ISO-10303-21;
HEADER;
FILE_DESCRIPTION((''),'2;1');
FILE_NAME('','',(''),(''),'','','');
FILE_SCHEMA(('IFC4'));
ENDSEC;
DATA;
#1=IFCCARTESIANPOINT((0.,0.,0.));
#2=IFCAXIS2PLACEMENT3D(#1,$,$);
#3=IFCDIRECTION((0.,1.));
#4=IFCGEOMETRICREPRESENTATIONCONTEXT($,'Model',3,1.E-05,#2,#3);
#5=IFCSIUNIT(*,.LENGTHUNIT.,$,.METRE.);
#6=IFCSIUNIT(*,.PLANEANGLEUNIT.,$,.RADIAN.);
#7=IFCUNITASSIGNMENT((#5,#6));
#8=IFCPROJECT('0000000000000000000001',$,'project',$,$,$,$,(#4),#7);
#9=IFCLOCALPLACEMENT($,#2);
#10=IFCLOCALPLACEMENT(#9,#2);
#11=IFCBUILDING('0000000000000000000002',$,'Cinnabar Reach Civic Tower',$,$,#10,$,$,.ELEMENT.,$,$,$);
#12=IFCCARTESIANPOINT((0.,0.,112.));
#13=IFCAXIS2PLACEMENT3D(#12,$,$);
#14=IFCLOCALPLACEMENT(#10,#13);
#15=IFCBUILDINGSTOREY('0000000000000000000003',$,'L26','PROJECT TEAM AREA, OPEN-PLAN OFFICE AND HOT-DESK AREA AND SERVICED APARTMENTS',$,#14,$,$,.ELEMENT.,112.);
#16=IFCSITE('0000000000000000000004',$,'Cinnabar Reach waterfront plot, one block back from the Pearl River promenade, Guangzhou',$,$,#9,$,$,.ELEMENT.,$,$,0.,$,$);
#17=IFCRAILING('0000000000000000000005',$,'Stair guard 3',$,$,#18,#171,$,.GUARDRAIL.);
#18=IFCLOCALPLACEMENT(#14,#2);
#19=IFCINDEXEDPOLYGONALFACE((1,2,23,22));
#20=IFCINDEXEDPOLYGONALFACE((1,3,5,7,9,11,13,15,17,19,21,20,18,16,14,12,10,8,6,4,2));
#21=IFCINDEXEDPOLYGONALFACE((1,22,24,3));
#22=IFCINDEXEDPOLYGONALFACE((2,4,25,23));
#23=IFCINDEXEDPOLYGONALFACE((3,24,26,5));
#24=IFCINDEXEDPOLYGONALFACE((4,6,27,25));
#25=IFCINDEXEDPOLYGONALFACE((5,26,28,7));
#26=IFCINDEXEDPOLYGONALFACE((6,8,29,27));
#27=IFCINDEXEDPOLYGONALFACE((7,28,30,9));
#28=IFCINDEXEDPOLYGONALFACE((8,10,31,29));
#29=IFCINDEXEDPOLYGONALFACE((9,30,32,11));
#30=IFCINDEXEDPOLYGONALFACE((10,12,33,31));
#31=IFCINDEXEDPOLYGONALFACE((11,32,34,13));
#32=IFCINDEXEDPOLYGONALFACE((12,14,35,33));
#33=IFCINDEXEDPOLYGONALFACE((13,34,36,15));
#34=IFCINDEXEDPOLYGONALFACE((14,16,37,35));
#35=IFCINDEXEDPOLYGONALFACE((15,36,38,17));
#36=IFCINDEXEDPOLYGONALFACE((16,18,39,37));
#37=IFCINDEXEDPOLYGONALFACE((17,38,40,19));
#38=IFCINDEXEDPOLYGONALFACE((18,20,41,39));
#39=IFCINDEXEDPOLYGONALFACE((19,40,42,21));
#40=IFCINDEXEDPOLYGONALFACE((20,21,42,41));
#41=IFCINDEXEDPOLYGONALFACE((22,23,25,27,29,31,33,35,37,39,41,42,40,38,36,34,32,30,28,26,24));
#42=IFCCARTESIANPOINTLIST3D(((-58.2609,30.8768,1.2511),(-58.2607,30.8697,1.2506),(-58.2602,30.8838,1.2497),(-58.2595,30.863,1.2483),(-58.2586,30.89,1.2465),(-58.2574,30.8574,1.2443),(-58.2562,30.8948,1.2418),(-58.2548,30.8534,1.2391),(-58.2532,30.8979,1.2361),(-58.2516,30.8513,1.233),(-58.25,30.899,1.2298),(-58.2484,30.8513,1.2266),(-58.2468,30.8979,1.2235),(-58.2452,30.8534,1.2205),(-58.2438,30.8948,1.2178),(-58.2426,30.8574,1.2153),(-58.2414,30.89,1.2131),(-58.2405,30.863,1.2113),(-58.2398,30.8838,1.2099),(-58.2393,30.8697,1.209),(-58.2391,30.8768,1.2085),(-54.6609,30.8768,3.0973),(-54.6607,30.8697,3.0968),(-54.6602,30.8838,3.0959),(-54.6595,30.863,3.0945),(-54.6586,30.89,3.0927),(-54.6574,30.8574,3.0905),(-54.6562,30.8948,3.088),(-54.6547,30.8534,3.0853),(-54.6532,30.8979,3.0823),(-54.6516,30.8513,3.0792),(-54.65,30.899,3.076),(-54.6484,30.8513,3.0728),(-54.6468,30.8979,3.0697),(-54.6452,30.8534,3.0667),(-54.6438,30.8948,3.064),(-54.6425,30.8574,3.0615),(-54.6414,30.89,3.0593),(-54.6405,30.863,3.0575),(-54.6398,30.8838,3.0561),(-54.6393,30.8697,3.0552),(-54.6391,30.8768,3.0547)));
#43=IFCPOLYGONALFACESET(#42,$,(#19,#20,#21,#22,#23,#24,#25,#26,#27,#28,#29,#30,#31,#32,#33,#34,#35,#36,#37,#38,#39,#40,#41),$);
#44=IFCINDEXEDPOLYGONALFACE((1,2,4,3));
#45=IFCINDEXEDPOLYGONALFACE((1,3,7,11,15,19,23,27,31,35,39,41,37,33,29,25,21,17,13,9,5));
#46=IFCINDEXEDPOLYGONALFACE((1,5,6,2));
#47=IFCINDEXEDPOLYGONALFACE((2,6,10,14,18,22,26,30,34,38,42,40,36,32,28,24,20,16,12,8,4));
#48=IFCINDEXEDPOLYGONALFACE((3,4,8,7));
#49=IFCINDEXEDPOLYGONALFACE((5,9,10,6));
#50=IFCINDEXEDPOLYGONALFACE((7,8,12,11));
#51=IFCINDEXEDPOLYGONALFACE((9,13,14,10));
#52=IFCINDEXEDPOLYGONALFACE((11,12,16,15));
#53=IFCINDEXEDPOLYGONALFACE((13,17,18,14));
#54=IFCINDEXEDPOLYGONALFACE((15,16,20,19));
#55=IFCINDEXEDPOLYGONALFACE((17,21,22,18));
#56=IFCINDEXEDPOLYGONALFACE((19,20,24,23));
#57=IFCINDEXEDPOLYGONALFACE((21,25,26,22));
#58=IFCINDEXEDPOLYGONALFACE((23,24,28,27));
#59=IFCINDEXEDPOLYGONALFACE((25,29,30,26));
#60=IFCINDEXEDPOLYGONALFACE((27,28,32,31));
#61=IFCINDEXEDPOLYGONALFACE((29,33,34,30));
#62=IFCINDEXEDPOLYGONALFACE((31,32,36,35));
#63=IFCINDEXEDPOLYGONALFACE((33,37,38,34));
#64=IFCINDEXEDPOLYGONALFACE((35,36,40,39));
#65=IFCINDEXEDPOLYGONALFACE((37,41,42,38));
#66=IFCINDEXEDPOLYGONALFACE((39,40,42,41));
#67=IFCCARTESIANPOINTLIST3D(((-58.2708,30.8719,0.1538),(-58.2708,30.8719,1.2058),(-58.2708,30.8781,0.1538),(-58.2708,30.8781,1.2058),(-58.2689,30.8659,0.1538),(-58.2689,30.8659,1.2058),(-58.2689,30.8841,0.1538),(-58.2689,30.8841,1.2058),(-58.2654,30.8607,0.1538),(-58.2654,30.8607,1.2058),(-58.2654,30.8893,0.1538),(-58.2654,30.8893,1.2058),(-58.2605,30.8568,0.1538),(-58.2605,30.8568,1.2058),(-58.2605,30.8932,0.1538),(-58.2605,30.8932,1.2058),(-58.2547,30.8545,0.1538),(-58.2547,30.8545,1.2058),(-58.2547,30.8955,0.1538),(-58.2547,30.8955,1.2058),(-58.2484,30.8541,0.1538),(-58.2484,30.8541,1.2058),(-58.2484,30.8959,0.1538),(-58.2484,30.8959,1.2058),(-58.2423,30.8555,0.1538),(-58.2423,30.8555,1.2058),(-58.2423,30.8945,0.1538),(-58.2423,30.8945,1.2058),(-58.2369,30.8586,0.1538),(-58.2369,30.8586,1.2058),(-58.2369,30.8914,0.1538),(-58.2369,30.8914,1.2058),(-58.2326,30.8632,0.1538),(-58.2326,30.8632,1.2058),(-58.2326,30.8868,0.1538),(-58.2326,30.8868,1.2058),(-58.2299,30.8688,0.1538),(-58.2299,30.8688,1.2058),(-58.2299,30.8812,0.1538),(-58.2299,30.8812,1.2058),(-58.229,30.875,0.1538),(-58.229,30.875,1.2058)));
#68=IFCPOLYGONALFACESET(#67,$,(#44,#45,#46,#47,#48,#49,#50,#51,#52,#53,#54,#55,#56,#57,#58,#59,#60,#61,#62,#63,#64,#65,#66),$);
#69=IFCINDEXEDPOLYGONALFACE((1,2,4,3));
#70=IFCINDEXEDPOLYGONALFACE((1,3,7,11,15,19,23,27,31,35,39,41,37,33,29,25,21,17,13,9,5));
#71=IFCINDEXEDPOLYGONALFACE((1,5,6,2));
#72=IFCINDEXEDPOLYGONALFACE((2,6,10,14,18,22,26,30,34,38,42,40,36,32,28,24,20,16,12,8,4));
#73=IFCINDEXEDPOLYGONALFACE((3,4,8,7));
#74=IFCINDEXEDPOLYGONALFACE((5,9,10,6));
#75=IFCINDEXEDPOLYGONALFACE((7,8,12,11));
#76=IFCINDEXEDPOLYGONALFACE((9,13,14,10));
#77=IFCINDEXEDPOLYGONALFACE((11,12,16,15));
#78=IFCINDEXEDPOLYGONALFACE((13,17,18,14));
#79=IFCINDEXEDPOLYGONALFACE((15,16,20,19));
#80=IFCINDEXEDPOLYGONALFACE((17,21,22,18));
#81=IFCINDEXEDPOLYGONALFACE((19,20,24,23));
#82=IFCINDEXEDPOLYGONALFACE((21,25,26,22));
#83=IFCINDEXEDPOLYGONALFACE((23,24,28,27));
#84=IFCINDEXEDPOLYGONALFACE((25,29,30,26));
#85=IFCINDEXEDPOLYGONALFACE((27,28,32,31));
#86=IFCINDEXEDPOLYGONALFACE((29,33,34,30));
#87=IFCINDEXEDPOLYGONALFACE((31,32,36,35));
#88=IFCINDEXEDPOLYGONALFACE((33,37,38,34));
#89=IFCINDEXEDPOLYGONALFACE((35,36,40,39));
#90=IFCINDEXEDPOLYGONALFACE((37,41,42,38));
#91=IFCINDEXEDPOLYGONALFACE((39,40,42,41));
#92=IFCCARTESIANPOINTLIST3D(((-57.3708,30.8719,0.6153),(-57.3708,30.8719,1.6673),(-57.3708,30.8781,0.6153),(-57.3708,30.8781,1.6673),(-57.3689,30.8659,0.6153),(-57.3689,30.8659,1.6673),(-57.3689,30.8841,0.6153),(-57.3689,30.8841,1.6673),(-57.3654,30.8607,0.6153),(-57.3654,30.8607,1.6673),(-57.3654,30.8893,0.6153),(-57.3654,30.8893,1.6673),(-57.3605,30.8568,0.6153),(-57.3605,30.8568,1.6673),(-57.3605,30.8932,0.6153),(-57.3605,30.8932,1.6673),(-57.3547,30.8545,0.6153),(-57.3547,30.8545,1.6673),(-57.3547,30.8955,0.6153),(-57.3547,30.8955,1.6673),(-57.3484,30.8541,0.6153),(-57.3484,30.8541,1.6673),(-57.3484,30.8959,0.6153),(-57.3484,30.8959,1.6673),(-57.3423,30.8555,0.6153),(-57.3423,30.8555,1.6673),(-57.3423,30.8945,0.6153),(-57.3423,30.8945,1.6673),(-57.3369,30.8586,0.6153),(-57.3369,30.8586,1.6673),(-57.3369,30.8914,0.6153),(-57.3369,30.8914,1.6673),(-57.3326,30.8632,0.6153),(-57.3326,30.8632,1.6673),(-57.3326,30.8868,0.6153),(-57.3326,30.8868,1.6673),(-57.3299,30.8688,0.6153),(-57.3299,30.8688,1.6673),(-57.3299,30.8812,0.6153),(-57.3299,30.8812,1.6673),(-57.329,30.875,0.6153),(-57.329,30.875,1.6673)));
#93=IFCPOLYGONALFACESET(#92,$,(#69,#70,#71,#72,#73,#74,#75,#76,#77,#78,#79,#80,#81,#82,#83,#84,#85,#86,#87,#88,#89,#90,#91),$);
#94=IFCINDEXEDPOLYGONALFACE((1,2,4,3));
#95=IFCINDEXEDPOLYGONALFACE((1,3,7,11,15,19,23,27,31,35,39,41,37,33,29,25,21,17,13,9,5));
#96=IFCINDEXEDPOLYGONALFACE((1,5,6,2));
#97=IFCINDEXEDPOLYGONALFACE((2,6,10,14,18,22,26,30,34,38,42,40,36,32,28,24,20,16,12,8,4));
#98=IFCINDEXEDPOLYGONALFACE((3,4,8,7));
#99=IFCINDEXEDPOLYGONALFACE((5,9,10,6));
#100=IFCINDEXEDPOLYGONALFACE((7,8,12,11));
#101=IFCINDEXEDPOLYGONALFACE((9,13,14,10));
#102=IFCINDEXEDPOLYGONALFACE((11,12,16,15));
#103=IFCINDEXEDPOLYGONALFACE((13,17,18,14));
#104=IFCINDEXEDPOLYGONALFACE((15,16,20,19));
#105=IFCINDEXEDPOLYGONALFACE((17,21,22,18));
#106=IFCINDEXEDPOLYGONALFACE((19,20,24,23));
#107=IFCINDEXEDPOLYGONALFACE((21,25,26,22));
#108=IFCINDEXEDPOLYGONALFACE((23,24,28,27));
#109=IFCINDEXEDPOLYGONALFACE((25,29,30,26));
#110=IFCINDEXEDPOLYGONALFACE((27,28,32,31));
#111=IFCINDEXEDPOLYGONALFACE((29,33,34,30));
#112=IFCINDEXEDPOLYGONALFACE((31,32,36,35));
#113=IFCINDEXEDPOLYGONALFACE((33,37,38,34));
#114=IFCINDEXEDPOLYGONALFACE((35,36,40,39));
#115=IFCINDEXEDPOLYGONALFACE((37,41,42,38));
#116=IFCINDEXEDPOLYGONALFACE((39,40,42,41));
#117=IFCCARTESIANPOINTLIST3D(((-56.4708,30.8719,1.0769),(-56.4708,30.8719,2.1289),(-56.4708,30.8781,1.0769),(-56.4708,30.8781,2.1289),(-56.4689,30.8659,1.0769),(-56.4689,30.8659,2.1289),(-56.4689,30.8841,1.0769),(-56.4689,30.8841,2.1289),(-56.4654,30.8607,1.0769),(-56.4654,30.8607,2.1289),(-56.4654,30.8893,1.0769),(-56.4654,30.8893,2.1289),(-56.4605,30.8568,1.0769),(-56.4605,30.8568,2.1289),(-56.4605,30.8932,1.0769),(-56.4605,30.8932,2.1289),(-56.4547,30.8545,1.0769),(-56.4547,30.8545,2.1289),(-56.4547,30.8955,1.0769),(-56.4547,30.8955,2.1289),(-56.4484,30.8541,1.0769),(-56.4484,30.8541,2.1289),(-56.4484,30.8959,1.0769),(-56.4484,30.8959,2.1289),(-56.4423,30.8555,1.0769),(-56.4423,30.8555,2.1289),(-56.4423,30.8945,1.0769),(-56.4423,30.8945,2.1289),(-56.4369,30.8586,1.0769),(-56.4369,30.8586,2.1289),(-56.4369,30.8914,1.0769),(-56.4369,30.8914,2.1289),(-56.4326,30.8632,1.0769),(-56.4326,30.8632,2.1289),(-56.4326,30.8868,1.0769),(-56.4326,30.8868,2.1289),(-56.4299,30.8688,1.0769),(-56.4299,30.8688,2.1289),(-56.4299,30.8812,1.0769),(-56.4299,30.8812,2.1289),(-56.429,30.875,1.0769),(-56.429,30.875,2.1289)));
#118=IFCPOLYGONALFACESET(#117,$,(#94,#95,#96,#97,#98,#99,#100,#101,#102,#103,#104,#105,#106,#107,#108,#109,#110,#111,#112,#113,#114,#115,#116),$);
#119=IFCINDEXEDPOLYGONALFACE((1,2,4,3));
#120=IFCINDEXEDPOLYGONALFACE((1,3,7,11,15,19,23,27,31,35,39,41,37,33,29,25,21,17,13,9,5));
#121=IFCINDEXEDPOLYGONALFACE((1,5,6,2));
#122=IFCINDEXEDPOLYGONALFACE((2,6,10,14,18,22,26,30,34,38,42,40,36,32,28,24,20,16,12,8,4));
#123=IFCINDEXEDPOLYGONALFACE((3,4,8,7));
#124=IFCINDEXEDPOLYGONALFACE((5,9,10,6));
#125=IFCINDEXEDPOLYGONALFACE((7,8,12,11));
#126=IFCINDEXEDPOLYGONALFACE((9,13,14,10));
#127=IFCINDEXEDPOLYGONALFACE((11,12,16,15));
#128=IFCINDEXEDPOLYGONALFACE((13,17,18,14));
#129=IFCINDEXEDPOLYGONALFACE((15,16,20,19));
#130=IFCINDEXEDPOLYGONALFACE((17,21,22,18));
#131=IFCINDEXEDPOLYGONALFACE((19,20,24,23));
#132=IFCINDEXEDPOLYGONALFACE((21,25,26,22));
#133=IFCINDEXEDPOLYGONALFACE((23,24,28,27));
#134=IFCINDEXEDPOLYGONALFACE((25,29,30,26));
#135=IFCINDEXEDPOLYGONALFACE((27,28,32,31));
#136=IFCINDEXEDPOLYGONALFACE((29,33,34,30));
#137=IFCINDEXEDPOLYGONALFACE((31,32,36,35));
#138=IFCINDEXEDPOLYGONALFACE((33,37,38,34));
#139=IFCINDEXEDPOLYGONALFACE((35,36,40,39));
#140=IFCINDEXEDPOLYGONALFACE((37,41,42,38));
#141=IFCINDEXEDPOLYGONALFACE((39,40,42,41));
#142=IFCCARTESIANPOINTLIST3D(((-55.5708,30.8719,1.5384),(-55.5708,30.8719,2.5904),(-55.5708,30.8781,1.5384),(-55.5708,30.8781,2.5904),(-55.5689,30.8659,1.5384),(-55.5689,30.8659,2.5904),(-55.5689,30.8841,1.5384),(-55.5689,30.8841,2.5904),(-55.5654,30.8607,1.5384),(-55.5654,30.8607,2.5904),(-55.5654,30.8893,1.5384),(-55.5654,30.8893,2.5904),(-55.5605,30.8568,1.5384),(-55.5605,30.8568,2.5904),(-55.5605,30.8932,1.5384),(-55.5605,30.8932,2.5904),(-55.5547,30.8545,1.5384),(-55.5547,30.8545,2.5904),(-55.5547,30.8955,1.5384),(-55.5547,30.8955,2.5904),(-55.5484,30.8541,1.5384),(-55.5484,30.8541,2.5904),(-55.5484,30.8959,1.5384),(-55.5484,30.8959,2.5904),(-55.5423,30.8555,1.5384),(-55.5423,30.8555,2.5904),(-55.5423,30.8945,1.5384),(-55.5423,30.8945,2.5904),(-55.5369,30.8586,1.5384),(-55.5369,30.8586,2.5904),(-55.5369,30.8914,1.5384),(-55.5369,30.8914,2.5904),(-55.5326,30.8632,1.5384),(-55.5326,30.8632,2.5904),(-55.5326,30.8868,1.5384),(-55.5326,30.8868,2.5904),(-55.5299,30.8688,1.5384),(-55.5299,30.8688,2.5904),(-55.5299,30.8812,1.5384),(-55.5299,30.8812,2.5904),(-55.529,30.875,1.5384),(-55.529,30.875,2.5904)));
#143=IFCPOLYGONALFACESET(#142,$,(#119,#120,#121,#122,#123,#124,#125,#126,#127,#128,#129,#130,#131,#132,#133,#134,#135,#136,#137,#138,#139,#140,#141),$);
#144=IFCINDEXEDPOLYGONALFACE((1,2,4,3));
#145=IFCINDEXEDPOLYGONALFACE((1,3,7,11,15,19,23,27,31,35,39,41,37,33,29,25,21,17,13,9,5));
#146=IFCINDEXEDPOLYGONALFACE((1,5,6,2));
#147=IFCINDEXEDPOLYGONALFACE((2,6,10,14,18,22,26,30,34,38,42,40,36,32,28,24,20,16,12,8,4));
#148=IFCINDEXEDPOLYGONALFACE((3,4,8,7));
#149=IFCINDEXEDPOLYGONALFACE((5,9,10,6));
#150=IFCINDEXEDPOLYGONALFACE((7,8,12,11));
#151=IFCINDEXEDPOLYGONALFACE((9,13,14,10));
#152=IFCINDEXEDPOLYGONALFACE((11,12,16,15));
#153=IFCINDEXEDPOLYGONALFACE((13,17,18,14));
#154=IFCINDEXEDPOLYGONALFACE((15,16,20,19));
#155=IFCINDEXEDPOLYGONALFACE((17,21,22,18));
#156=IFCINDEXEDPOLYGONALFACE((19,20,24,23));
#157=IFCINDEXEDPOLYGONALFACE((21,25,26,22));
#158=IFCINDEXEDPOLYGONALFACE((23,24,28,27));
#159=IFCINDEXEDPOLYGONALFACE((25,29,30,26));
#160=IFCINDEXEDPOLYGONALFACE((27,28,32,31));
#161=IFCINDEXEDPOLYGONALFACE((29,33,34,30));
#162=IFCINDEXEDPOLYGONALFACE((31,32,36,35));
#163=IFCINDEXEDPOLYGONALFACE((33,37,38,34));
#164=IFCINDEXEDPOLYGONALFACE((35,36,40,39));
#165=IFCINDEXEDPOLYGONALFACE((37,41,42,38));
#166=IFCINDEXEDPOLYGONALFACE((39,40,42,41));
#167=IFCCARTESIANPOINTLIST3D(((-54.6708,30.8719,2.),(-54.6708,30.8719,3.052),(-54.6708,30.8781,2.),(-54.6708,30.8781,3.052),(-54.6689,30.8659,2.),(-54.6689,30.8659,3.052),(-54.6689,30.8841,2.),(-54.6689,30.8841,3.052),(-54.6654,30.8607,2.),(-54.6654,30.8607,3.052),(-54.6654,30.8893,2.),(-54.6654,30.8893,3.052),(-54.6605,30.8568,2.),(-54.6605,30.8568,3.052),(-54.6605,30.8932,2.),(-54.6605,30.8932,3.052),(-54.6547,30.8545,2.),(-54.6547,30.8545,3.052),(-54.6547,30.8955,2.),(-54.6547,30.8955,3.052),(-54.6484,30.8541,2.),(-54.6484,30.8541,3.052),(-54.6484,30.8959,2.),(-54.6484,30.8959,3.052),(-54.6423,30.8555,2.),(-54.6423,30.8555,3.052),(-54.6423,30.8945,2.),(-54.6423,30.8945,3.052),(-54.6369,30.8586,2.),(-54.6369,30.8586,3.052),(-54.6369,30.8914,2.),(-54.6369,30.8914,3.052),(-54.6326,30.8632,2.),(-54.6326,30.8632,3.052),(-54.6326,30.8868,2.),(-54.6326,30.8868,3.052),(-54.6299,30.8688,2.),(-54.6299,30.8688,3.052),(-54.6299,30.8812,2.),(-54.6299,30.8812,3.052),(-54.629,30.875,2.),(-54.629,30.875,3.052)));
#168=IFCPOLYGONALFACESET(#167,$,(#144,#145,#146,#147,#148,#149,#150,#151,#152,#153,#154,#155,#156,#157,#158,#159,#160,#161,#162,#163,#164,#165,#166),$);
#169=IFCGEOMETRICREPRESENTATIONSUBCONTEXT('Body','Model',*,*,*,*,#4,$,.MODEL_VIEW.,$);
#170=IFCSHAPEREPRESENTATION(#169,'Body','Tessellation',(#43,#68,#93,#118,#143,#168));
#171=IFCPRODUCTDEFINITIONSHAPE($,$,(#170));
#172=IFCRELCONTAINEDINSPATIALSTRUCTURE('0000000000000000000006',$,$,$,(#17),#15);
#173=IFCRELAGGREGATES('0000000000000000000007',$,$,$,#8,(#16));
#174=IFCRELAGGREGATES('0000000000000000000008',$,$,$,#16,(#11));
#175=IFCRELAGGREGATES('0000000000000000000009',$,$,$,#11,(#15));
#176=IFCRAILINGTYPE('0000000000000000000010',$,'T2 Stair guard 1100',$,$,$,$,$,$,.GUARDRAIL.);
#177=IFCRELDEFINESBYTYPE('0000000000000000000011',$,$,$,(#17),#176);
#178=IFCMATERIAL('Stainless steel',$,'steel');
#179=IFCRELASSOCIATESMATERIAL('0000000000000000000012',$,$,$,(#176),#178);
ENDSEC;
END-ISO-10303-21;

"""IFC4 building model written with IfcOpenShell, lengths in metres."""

from ifc_helpers import new_model, si_unit, direction, frame, origin, origin_2d, place, context, subcontext, project, spatial, circle, extrude, material, type_object, element, save


model = new_model("IFC4")

# Units and contexts
model_context = context("Model", 3, precision=1e-05, world=origin(), true_north=direction((0.0, 1.0)))
body_context = subcontext(model_context, "Body", "Model", "MODEL_VIEW")
ifc_project = project(units=[si_unit("LENGTHUNIT", "METRE"), si_unit("PLANEANGLEUNIT", "RADIAN")], contexts=[model_context])

# Site, building, storey
site_placement = place(None, origin())
site = spatial("IfcSite", under=ifc_project, at=site_placement, Name="Cinnabar Reach waterfront plot, one block back from the Pearl River promenade, Guangzhou", CompositionType="ELEMENT", RefElevation=0.0)
building_placement = place(site_placement, origin())
building = spatial("IfcBuilding", under=site, at=building_placement, Name="Cinnabar Reach Civic Tower", CompositionType="ELEMENT")
storey_placement = place(building_placement, frame((0.0, 0.0, 112.0)))
storey = spatial("IfcBuildingStorey", under=building, at=storey_placement, Name="L26", Description="PROJECT TEAM AREA, OPEN-PLAN OFFICE AND HOT-DESK AREA AND SERVICED APARTMENTS", CompositionType="ELEMENT", Elevation=112.0)

# Railing
ifc_material_1 = material(Name="Stainless steel", Category="steel")
railing_type = type_object("IfcRailingType", Name="T2 Stair guard 1100", PredefinedType="GUARDRAIL", material=ifc_material_1)
railing_placement = place(storey_placement, frame((-58.25, 30.875, 0.1538)))
element("IfcRailing", 1, at=railing_placement, inside=storey, type_object=railing_type, Name="Stair guard 3", PredefinedType="GUARDRAIL", context=body_context, shape_type="SweptSolid", body=[
    extrude(circle(Radius=0.024, at=origin_2d()), frame((0.0, 0.0, 1.076), z_axis=(0.889813, 0.0, 0.456326), x_axis=(0.0, 1.0, 0.0)), (0.0, 0.0, 1.0), 4.0458),
    extrude(circle(Radius=0.021, at=origin_2d()), origin(), (0.0, 0.0, 1.0), 1.052),
    extrude(circle(Radius=0.021, at=origin_2d()), frame((0.9, 0.0, 0.4615)), (0.0, 0.0, 1.0), 1.052),
    extrude(circle(Radius=0.021, at=origin_2d()), frame((1.8, 0.0, 0.9231)), (0.0, 0.0, 1.0), 1.052),
    extrude(circle(Radius=0.021, at=origin_2d()), frame((2.7, 0.0, 1.3846)), (0.0, 0.0, 1.0), 1.052),
    extrude(circle(Radius=0.021, at=origin_2d()), frame((3.6, 0.0, 1.8462)), (0.0, 0.0, 1.0), 1.052),
])

save(model, "model.ifc")
